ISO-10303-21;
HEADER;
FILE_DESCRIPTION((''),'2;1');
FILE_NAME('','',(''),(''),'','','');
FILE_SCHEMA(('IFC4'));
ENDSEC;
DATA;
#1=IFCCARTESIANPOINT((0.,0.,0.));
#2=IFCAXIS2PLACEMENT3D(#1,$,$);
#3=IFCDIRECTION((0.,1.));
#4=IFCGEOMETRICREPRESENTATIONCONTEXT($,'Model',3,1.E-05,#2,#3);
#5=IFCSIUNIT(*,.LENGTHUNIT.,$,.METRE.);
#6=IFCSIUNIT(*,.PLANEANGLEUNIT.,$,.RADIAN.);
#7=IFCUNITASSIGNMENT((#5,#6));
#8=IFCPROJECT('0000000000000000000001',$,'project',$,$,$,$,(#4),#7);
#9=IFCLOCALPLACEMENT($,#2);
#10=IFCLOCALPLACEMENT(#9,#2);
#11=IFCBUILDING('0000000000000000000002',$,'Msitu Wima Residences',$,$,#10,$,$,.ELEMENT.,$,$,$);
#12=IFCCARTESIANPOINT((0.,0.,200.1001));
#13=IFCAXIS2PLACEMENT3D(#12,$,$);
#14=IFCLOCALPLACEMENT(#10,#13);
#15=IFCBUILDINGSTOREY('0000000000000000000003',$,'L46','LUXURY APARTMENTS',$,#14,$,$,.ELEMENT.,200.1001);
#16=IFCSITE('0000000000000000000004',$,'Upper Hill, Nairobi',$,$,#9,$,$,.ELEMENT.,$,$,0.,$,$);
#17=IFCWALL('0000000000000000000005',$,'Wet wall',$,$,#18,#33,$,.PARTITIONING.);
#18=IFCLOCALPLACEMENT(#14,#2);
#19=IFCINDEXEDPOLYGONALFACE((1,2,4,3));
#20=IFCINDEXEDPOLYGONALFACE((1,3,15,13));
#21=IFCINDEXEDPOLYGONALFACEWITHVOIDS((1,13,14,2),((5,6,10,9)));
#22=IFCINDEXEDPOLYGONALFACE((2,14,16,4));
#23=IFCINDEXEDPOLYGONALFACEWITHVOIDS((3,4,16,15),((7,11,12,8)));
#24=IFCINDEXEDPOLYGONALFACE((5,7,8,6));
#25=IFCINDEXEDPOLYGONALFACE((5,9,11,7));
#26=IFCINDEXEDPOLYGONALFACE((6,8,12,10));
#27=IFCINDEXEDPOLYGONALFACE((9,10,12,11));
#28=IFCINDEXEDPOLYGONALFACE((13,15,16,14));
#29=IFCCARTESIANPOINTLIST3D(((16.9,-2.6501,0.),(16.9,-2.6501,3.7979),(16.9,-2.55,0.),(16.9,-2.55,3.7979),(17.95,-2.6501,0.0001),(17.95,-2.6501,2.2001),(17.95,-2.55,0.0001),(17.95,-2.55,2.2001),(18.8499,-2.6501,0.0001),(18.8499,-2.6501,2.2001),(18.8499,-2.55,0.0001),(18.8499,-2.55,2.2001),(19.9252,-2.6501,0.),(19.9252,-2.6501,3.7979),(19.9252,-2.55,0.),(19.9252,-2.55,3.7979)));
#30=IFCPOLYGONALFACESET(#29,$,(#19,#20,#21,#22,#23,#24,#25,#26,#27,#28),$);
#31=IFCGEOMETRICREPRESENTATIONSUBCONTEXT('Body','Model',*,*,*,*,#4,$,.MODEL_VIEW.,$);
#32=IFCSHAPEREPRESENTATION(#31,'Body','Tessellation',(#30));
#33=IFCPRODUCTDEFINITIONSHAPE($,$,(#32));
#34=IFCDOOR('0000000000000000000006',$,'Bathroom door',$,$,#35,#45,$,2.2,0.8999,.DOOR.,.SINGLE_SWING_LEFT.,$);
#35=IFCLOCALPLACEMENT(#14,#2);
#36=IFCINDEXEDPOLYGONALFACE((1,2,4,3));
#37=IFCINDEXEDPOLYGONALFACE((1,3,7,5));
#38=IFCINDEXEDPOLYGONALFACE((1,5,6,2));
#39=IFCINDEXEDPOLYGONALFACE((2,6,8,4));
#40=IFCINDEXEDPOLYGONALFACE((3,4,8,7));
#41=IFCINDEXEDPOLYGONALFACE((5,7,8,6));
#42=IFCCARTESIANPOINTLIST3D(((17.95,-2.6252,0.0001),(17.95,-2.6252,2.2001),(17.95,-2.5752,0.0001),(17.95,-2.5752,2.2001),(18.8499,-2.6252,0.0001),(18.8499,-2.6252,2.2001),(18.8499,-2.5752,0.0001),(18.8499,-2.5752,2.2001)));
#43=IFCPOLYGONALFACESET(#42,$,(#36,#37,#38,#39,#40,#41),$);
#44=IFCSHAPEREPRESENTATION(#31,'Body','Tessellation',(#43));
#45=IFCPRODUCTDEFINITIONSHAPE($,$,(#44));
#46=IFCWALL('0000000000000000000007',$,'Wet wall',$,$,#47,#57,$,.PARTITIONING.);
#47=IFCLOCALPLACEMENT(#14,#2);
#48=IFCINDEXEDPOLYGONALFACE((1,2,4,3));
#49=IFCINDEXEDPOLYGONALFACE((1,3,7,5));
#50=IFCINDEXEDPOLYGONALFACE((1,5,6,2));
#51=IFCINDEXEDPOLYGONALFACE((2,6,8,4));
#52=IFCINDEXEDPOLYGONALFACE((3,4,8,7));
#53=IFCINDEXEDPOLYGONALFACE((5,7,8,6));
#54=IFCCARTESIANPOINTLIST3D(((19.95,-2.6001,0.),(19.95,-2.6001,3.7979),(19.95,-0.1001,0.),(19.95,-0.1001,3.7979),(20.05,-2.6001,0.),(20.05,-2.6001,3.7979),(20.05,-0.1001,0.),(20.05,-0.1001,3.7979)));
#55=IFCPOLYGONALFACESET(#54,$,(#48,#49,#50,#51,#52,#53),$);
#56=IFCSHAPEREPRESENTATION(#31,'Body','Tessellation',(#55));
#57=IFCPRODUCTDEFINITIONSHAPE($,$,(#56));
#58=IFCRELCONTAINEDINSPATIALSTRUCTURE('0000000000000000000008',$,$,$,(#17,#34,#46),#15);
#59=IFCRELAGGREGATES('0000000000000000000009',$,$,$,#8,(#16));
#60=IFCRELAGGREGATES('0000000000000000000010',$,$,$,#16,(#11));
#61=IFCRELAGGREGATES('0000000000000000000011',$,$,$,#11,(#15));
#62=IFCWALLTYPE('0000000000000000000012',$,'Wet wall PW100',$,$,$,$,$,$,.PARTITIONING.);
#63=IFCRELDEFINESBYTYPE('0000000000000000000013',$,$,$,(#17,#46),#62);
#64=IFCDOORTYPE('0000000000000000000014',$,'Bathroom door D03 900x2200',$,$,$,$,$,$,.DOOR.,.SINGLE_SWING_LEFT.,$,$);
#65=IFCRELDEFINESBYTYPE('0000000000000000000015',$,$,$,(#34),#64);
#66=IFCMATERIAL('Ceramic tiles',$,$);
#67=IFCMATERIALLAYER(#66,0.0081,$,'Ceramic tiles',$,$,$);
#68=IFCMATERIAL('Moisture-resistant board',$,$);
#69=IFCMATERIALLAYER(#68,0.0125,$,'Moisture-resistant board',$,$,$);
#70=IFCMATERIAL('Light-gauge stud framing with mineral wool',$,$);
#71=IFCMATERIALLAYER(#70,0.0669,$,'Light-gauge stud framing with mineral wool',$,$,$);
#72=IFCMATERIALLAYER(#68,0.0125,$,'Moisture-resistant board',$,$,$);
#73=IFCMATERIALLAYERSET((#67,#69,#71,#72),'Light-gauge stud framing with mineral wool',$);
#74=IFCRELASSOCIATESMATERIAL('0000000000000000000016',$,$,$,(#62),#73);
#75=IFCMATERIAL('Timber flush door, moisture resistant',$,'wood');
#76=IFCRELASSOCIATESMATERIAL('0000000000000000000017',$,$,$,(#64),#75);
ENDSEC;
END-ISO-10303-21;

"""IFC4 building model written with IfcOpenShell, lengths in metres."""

from ifc_helpers import new_model, si_unit, direction, frame, frame_2d, origin, place, context, subcontext, project, spatial, rectangle, extrude, material, layer, layer_set, type_object, element, fill, save


model = new_model("IFC4")

# Units and contexts
model_context = context("Model", 3, precision=1e-05, world=origin(), true_north=direction((0.0, 1.0)))
body_context = subcontext(model_context, "Body", "Model", "MODEL_VIEW")
ifc_project = project(units=[si_unit("LENGTHUNIT", "METRE"), si_unit("PLANEANGLEUNIT", "RADIAN")], contexts=[model_context])

# Site, building, storey
site_placement = place(None, origin())
site = spatial("IfcSite", under=ifc_project, at=site_placement, Name="Upper Hill, Nairobi", CompositionType="ELEMENT", RefElevation=0.0)
building_placement = place(site_placement, origin())
building = spatial("IfcBuilding", under=site, at=building_placement, Name="Msitu Wima Residences", CompositionType="ELEMENT")
storey_placement = place(building_placement, frame((0.0, 0.0, 200.1001)))
storey = spatial("IfcBuildingStorey", under=building, at=storey_placement, Name="L46", Description="LUXURY APARTMENTS", CompositionType="ELEMENT", Elevation=200.1001)

# Wall, opening, door
ifc_material_1 = material(Name="Ceramic tiles")
ifc_layer_1 = layer(ifc_material_1, 0.0081, Name="Ceramic tiles")
ifc_material_2 = material(Name="Moisture-resistant board")
ifc_layer_2 = layer(ifc_material_2, 0.0125, Name="Moisture-resistant board")
ifc_material_3 = material(Name="Light-gauge stud framing with mineral wool")
ifc_layer_3 = layer(ifc_material_3, 0.0669, Name="Light-gauge stud framing with mineral wool")
ifc_layer_4 = layer(ifc_material_2, 0.0125, Name="Moisture-resistant board")
ifc_layer_set_1 = layer_set([ifc_layer_1, ifc_layer_2, ifc_layer_3, ifc_layer_4], Name="Light-gauge stud framing with mineral wool")
wall_type_1 = type_object("IfcWallType", Name="Wet wall PW100", PredefinedType="PARTITIONING", material=ifc_layer_set_1)
wall_1_placement = place(storey_placement, frame((16.8999, -2.6001, 0.0), z_axis=(0.0, 0.0, 1.0), x_axis=(1.0, 0.0, 0.0)))
wall_1 = element("IfcWall", 1, at=wall_1_placement, inside=storey, type_object=wall_type_1, Name="Wet wall", PredefinedType="PARTITIONING", context=body_context, shape_type="SweptSolid", body=[
    extrude(rectangle(XDim=3.0251, YDim=0.1001, at=frame_2d((1.5127, 0.0))), origin(), (0.0, 0.0, 1.0), 3.7979),
])
opening_1_placement = place(wall_1_placement, frame((1.05, 0.0, 0.0)))
opening_1 = element("IfcOpeningElement", 2, at=opening_1_placement, cuts=wall_1, PredefinedType="OPENING", context=body_context, shape_type="SweptSolid", body=[
    extrude(rectangle(XDim=0.8999, YDim=2.2, at=frame_2d((0.45, 1.1001))), frame((0.0, 0.0601, 0.0), z_axis=(0.0, -1.0, 0.0), x_axis=(1.0, 0.0, 0.0)), (0.0, 0.0, 1.0), 0.1201),
])
ifc_material_4 = material(Name="Timber flush door, moisture resistant", Category="wood")
door_type_1 = type_object("IfcDoorType", Name="Bathroom door D03 900x2200", OperationType="SINGLE_SWING_LEFT", PredefinedType="DOOR", material=ifc_material_4)
door_1_placement = place(opening_1_placement, origin())
door_1 = element("IfcDoor", 3, at=door_1_placement, inside=storey, type_object=door_type_1, Name="Bathroom door", OperationType="SINGLE_SWING_LEFT", OverallHeight=2.2, OverallWidth=0.8999, PredefinedType="DOOR", context=body_context, shape_type="SweptSolid", body=[
    extrude(rectangle(XDim=0.8999, YDim=2.2, at=frame_2d((0.45, 1.1001))), frame((0.0, 0.0249, 0.0), z_axis=(0.0, -1.0, 0.0), x_axis=(1.0, 0.0, 0.0)), (0.0, 0.0, 1.0), 0.05),
])
fill(opening_1, door_1)

# Wall
wall_2_placement = place(storey_placement, frame((20.0, -2.6001, 0.0), z_axis=(0.0, 0.0, 1.0), x_axis=(0.0, 1.0, 0.0)))
element("IfcWall", 4, at=wall_2_placement, inside=storey, type_object=wall_type_1, Name="Wet wall", PredefinedType="PARTITIONING", context=body_context, shape_type="SweptSolid", body=[
    extrude(rectangle(XDim=2.5, YDim=0.1001, at=frame_2d((1.25, 0.0))), origin(), (0.0, 0.0, 1.0), 3.7979),
])

save(model, "model.ifc")
